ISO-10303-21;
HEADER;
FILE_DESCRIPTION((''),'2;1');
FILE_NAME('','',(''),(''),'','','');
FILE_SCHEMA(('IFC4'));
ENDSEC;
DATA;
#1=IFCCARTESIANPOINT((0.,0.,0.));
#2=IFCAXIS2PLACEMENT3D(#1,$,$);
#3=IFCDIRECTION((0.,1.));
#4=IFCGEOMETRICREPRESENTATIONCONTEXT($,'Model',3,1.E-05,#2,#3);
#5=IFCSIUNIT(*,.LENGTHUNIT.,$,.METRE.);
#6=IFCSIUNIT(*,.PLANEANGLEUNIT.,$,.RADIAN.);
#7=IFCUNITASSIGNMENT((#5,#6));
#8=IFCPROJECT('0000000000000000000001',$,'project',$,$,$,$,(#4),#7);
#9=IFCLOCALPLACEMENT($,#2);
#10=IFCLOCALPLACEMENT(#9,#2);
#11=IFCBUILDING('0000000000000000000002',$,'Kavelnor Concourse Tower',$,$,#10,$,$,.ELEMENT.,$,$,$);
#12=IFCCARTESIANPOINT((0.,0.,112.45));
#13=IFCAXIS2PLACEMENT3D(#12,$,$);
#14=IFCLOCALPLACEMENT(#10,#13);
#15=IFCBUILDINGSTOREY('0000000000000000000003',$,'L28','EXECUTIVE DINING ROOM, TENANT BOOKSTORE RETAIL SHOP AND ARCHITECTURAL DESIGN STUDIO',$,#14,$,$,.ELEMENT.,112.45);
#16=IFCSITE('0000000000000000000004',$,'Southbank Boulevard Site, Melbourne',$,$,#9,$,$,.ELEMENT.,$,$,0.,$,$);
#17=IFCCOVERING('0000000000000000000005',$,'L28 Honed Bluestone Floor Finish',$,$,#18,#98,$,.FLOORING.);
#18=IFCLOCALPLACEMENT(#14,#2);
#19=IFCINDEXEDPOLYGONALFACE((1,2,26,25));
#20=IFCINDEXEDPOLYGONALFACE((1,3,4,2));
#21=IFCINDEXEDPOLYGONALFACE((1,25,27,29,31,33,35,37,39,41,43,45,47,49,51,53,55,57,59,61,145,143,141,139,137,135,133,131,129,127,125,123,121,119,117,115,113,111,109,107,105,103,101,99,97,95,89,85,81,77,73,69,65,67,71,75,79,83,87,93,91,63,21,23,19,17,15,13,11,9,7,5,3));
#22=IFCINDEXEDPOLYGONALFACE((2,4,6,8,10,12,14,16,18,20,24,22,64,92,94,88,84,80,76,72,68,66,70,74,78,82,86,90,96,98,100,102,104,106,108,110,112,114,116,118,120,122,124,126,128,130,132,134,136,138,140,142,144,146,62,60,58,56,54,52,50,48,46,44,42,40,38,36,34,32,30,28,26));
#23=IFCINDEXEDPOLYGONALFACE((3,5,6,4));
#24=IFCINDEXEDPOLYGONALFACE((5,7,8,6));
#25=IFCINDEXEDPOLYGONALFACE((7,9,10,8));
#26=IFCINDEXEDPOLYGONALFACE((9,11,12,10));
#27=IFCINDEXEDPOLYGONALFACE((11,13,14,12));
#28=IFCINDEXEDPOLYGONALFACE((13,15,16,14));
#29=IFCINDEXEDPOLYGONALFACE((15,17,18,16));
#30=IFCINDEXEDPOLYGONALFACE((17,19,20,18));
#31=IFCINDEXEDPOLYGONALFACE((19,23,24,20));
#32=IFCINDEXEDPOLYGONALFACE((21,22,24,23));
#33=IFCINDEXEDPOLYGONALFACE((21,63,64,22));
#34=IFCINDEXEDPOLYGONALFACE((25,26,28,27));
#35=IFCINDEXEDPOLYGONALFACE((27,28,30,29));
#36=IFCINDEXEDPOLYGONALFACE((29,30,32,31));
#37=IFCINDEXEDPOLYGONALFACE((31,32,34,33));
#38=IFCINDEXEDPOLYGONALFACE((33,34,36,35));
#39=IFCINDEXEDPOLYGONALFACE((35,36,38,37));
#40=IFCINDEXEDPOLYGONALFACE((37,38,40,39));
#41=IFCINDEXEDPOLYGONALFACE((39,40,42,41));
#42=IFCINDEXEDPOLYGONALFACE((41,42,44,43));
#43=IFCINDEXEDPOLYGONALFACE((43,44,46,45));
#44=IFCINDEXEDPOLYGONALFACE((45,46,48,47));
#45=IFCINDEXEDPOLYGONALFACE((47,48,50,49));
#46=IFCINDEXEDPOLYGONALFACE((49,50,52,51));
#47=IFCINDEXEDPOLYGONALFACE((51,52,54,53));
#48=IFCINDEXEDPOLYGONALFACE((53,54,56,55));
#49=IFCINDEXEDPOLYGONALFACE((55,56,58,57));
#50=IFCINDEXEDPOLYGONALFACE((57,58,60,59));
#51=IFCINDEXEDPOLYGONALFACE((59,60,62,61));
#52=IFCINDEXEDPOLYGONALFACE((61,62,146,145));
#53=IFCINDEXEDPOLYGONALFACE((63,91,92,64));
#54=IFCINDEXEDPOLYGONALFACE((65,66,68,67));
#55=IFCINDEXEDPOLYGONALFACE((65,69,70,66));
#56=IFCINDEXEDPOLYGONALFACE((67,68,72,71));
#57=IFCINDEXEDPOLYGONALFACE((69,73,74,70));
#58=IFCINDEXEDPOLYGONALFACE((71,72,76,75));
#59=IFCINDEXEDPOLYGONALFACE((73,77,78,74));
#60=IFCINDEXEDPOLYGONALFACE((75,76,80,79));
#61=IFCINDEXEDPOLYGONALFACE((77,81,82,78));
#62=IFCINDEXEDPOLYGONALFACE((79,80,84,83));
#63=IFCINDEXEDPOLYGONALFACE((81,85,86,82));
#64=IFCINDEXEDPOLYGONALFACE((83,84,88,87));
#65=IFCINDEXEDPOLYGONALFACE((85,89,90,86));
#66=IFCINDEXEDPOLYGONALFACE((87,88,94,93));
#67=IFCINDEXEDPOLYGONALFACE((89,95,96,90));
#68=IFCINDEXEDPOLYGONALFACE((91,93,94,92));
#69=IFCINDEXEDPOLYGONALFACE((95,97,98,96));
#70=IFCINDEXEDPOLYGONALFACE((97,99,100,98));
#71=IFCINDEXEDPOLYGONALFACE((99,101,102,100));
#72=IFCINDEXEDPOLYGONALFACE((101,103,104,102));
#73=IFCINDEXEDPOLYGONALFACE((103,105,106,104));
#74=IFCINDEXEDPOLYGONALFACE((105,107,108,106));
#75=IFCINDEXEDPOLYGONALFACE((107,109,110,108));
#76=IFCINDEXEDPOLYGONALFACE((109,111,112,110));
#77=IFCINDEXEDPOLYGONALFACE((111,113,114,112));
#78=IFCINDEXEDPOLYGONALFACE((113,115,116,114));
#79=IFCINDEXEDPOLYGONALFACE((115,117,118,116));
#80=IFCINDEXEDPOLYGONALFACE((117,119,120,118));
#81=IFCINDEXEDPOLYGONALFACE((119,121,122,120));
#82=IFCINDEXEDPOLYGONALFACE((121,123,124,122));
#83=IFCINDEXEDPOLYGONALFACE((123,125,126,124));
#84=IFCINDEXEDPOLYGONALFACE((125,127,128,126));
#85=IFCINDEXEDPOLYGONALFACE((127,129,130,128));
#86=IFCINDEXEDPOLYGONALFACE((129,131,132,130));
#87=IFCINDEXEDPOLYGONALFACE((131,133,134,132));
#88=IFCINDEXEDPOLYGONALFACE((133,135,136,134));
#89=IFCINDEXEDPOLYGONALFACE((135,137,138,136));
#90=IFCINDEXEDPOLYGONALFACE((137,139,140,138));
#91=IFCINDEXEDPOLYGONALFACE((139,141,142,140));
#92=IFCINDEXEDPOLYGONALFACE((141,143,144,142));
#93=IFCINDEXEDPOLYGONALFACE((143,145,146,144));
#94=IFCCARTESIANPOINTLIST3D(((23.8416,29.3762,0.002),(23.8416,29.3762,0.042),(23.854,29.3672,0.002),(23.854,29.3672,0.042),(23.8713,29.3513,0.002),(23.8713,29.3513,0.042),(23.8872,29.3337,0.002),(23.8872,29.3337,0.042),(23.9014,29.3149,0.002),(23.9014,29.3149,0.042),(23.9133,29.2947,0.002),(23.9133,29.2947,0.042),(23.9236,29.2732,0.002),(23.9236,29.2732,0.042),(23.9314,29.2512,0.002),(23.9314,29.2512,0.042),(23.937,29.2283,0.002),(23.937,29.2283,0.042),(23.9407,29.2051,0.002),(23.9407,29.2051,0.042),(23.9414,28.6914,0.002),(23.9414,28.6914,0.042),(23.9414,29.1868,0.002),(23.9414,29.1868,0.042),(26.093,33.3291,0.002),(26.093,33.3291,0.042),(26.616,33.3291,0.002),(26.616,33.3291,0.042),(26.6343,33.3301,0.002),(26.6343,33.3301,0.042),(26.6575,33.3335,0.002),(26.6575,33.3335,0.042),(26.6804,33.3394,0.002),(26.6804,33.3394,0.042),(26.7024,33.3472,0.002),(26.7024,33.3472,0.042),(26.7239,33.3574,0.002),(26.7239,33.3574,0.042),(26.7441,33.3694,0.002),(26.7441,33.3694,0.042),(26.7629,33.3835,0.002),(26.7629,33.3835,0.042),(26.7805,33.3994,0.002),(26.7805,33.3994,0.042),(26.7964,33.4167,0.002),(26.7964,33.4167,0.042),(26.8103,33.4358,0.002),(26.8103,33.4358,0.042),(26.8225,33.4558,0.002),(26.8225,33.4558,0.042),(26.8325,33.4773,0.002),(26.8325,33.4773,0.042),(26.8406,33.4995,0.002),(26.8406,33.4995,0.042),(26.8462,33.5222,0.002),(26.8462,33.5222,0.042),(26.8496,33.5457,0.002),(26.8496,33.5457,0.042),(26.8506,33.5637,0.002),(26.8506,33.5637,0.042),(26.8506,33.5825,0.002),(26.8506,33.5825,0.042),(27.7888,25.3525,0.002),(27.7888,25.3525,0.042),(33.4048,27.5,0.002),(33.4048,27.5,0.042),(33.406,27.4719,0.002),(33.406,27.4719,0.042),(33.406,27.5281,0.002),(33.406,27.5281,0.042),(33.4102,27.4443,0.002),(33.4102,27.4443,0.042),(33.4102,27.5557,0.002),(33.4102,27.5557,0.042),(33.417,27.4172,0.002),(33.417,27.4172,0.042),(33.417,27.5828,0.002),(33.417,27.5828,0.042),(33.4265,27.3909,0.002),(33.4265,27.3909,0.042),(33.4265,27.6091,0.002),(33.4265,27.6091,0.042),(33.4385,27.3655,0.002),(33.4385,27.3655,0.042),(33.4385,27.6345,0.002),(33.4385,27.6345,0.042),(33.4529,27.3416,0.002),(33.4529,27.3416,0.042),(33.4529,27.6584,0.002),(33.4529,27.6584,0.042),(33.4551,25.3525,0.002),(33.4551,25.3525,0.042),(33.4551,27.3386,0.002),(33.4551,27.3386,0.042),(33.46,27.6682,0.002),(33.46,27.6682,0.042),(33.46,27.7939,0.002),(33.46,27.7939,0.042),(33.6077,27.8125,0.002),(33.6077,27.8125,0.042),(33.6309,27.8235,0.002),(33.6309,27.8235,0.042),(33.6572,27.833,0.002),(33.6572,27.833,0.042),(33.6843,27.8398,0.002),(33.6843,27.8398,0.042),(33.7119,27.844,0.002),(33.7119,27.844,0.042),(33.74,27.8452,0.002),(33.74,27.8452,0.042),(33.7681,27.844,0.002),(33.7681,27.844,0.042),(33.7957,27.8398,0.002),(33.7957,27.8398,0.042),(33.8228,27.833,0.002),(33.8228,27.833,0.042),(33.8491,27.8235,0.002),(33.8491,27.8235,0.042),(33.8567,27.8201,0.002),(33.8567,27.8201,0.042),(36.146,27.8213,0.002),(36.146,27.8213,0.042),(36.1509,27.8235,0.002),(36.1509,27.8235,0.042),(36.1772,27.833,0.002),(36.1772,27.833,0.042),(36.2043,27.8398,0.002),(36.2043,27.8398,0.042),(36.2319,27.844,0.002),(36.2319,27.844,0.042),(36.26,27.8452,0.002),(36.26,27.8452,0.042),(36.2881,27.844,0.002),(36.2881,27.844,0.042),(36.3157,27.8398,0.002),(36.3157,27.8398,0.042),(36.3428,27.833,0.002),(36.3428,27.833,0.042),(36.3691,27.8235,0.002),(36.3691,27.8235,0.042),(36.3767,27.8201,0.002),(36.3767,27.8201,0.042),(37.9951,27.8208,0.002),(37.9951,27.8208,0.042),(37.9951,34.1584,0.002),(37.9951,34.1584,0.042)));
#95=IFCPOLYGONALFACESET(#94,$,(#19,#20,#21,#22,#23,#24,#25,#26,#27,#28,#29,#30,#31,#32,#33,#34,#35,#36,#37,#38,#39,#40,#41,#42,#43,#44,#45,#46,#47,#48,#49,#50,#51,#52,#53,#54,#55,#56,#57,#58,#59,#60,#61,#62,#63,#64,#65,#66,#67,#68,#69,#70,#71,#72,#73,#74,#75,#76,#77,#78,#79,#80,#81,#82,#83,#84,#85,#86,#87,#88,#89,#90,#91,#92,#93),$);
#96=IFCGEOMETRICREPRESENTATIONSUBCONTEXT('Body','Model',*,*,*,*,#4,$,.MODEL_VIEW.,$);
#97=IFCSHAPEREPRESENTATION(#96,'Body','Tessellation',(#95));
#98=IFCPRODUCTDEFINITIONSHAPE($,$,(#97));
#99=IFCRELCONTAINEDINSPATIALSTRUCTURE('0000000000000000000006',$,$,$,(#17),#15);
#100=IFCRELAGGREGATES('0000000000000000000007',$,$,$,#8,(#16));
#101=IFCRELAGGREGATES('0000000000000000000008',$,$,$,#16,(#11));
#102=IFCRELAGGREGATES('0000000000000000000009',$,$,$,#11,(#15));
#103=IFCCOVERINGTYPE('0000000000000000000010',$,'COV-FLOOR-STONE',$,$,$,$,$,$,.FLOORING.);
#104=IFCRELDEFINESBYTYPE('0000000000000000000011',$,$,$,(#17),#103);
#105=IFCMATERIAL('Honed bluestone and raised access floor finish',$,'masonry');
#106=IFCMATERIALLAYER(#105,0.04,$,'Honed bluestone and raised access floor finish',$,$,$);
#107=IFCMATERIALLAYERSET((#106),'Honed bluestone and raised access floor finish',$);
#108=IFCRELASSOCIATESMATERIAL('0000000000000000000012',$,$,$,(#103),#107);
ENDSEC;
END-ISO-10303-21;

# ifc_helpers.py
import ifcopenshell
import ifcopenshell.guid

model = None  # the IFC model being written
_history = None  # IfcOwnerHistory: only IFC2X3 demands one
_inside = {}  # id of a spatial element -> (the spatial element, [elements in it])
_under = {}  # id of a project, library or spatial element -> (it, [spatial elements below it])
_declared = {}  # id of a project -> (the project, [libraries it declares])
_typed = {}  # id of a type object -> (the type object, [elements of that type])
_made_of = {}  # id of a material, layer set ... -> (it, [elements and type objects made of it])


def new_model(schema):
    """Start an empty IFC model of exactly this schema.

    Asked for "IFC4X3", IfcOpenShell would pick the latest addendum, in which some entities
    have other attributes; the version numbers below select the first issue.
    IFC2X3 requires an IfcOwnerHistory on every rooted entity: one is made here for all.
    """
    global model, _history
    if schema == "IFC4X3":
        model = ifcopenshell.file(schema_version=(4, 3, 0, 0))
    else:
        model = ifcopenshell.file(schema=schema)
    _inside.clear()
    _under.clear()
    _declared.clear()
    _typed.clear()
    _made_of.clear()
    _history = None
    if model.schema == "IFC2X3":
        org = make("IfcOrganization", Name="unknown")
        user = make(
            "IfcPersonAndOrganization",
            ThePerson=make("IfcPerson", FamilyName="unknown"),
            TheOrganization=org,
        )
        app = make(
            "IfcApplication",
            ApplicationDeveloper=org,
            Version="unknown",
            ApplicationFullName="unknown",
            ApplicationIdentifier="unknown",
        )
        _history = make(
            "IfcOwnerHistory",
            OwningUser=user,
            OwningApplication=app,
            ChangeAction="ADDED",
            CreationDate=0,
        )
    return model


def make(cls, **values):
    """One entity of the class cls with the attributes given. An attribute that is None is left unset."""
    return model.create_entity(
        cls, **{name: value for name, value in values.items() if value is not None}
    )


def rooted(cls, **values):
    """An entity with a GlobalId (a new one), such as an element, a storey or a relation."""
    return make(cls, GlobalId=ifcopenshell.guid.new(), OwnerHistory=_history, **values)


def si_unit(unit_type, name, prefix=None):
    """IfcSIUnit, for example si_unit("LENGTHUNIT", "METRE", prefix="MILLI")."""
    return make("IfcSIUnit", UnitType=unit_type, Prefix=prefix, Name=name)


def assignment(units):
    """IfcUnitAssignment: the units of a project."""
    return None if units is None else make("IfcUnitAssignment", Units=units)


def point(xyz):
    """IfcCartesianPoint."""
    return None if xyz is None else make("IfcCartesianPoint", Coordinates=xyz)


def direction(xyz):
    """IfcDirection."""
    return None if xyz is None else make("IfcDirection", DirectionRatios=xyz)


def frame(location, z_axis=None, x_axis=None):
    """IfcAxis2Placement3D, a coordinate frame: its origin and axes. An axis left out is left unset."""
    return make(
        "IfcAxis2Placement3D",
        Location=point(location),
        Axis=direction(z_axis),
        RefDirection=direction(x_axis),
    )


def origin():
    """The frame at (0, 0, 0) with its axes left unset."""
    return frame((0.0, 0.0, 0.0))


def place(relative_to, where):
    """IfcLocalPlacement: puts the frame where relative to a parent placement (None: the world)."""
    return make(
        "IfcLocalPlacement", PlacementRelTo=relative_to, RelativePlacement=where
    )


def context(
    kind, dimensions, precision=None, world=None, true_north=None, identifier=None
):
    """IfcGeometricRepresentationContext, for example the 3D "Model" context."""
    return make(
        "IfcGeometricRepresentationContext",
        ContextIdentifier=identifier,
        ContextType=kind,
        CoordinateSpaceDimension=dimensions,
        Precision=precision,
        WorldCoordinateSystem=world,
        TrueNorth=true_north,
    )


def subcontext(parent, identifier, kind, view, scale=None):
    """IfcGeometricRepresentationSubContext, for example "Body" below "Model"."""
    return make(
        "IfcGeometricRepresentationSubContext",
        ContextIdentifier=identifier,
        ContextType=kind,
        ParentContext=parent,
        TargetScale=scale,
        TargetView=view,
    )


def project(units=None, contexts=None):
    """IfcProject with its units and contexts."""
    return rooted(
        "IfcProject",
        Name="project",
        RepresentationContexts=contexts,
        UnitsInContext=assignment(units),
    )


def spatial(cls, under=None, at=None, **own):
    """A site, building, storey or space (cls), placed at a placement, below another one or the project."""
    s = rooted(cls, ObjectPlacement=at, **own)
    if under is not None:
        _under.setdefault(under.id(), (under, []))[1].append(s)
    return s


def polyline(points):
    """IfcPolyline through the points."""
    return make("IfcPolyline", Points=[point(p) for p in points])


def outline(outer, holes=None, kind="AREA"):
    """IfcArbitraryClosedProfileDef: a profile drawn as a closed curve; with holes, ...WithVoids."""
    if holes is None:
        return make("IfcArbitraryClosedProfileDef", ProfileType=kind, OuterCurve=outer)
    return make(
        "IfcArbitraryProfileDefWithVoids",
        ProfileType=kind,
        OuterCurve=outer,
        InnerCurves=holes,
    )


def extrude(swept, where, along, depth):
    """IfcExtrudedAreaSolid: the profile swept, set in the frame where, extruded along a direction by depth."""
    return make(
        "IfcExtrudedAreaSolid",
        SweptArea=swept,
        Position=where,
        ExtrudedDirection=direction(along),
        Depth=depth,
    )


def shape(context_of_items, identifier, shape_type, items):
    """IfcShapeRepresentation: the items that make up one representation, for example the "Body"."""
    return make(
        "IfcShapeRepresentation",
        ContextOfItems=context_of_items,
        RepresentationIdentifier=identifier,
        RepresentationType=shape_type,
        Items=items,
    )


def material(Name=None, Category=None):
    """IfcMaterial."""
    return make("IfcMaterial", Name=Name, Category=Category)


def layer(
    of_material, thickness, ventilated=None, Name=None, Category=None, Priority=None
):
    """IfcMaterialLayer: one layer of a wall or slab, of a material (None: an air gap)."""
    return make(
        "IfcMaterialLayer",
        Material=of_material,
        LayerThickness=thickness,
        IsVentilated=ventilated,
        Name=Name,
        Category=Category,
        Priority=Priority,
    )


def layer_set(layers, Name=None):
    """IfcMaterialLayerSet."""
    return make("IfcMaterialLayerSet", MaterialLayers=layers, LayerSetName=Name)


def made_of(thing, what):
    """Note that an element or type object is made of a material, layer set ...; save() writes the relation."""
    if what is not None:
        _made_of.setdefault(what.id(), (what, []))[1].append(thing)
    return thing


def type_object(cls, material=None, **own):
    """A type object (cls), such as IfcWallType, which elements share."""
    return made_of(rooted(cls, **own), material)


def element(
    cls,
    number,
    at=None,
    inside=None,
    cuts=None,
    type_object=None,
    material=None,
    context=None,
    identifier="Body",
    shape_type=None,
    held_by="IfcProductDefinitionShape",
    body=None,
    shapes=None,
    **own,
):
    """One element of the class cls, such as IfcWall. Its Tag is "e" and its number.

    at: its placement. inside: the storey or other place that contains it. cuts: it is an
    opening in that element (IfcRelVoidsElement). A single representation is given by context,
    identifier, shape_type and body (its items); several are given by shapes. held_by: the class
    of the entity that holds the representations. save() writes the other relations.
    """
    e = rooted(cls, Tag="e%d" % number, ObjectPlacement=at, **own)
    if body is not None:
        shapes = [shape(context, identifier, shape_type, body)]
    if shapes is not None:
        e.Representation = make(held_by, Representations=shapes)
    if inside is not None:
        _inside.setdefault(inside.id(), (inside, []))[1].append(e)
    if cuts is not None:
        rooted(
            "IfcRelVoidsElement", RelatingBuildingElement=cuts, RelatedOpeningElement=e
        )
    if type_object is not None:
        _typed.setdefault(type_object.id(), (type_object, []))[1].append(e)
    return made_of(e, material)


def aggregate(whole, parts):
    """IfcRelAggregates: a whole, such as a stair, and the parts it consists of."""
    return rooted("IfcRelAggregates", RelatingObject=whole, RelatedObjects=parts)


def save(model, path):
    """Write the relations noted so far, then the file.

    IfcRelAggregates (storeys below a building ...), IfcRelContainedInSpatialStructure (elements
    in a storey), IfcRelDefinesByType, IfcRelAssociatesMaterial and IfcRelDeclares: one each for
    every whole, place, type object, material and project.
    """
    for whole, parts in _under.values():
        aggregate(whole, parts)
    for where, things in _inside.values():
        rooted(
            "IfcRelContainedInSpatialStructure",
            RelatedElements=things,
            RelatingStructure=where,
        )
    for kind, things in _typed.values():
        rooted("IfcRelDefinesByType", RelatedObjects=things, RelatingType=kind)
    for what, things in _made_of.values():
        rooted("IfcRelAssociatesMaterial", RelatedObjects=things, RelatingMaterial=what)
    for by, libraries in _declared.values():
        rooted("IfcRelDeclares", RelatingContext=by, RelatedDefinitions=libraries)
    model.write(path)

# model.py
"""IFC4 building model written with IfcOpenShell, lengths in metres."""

from ifc_helpers import new_model, si_unit, direction, frame, origin, place, context, subcontext, project, spatial, polyline, outline, extrude, material, layer, layer_set, type_object, element, save


model = new_model("IFC4")

# Units and contexts
model_context = context("Model", 3, precision=1e-05, world=origin(), true_north=direction((0.0, 1.0)))
body_context = subcontext(model_context, "Body", "Model", "MODEL_VIEW")
ifc_project = project(units=[si_unit("LENGTHUNIT", "METRE"), si_unit("PLANEANGLEUNIT", "RADIAN")], contexts=[model_context])

# Site, building, storey
site_placement = place(None, origin())
site = spatial("IfcSite", under=ifc_project, at=site_placement, Name="Southbank Boulevard Site, Melbourne", CompositionType="ELEMENT", RefElevation=0.0)
building_placement = place(site_placement, origin())
building = spatial("IfcBuilding", under=site, at=building_placement, Name="Kavelnor Concourse Tower", CompositionType="ELEMENT")
storey_placement = place(building_placement, frame((0.0, 0.0, 112.45)))
storey = spatial("IfcBuildingStorey", under=building, at=storey_placement, Name="L28", Description="EXECUTIVE DINING ROOM, TENANT BOOKSTORE RETAIL SHOP AND ARCHITECTURAL DESIGN STUDIO", CompositionType="ELEMENT", Elevation=112.45)

# Covering
ifc_material_1 = material(Name="Honed bluestone and raised access floor finish", Category="masonry")
ifc_layer_1 = layer(ifc_material_1, 0.04, Name="Honed bluestone and raised access floor finish")
ifc_layer_set_1 = layer_set([ifc_layer_1], Name="Honed bluestone and raised access floor finish")
covering_type_1 = type_object("IfcCoveringType", Name="COV-FLOOR-STONE", PredefinedType="FLOORING", material=ifc_layer_set_1)
covering_1_placement = place(storey_placement, frame((0.0, 0.0, 0.002)))
element("IfcCovering", 1, at=covering_1_placement, inside=storey, type_object=covering_type_1, Name="L28 Honed Bluestone Floor Finish", PredefinedType="FLOORING", context=body_context, shape_type="SweptSolid", body=[
    extrude(outline(polyline([(26.6343, 33.3301), (26.6575, 33.3335), (26.6804, 33.3394), (26.7024, 33.3472), (26.7239, 33.3574), (26.7441, 33.3694), (26.7629, 33.3835), (26.7805, 33.3994), (26.7964, 33.4167), (26.8103, 33.4358), (26.8225, 33.4558), (26.8325, 33.4773), (26.8406, 33.4995), (26.8462, 33.5222), (26.8496, 33.5457), (26.8506, 33.5637), (26.8506, 33.5825), (37.9951, 34.1584), (37.9951, 27.8208), (36.3767, 27.8201), (36.3691, 27.8235), (36.3428, 27.833), (36.3157, 27.8398), (36.2881, 27.844), (36.26, 27.8452), (36.2319, 27.844), (36.2043, 27.8398), (36.1772, 27.833), (36.1509, 27.8235), (36.146, 27.8213), (33.8567, 27.8201), (33.8491, 27.8235), (33.8228, 27.833), (33.7957, 27.8398), (33.7681, 27.844), (33.74, 27.8452), (33.7119, 27.844), (33.6843, 27.8398), (33.6572, 27.833), (33.6309, 27.8235), (33.6077, 27.8125), (33.46, 27.7939), (33.46, 27.6682), (33.4529, 27.6584), (33.4385, 27.6345), (33.4265, 27.6091), (33.417, 27.5828), (33.4102, 27.5557), (33.406, 27.5281), (33.4048, 27.5), (33.406, 27.4719), (33.4102, 27.4443), (33.417, 27.4172), (33.4265, 27.3909), (33.4385, 27.3655), (33.4529, 27.3416), (33.4551, 27.3386), (33.4551, 25.3525), (27.7888, 25.3525), (23.9414, 28.6914), (23.9414, 29.1868), (23.9407, 29.2051), (23.937, 29.2283), (23.9314, 29.2512), (23.9236, 29.2732), (23.9133, 29.2947), (23.9014, 29.3149), (23.8872, 29.3337), (23.8713, 29.3513), (23.854, 29.3672), (23.8416, 29.3762), (26.093, 33.3291), (26.616, 33.3291), (26.6343, 33.3301)])), origin(), (0.0, 0.0, 1.0), 0.04),
])

save(model, "model.ifc")
